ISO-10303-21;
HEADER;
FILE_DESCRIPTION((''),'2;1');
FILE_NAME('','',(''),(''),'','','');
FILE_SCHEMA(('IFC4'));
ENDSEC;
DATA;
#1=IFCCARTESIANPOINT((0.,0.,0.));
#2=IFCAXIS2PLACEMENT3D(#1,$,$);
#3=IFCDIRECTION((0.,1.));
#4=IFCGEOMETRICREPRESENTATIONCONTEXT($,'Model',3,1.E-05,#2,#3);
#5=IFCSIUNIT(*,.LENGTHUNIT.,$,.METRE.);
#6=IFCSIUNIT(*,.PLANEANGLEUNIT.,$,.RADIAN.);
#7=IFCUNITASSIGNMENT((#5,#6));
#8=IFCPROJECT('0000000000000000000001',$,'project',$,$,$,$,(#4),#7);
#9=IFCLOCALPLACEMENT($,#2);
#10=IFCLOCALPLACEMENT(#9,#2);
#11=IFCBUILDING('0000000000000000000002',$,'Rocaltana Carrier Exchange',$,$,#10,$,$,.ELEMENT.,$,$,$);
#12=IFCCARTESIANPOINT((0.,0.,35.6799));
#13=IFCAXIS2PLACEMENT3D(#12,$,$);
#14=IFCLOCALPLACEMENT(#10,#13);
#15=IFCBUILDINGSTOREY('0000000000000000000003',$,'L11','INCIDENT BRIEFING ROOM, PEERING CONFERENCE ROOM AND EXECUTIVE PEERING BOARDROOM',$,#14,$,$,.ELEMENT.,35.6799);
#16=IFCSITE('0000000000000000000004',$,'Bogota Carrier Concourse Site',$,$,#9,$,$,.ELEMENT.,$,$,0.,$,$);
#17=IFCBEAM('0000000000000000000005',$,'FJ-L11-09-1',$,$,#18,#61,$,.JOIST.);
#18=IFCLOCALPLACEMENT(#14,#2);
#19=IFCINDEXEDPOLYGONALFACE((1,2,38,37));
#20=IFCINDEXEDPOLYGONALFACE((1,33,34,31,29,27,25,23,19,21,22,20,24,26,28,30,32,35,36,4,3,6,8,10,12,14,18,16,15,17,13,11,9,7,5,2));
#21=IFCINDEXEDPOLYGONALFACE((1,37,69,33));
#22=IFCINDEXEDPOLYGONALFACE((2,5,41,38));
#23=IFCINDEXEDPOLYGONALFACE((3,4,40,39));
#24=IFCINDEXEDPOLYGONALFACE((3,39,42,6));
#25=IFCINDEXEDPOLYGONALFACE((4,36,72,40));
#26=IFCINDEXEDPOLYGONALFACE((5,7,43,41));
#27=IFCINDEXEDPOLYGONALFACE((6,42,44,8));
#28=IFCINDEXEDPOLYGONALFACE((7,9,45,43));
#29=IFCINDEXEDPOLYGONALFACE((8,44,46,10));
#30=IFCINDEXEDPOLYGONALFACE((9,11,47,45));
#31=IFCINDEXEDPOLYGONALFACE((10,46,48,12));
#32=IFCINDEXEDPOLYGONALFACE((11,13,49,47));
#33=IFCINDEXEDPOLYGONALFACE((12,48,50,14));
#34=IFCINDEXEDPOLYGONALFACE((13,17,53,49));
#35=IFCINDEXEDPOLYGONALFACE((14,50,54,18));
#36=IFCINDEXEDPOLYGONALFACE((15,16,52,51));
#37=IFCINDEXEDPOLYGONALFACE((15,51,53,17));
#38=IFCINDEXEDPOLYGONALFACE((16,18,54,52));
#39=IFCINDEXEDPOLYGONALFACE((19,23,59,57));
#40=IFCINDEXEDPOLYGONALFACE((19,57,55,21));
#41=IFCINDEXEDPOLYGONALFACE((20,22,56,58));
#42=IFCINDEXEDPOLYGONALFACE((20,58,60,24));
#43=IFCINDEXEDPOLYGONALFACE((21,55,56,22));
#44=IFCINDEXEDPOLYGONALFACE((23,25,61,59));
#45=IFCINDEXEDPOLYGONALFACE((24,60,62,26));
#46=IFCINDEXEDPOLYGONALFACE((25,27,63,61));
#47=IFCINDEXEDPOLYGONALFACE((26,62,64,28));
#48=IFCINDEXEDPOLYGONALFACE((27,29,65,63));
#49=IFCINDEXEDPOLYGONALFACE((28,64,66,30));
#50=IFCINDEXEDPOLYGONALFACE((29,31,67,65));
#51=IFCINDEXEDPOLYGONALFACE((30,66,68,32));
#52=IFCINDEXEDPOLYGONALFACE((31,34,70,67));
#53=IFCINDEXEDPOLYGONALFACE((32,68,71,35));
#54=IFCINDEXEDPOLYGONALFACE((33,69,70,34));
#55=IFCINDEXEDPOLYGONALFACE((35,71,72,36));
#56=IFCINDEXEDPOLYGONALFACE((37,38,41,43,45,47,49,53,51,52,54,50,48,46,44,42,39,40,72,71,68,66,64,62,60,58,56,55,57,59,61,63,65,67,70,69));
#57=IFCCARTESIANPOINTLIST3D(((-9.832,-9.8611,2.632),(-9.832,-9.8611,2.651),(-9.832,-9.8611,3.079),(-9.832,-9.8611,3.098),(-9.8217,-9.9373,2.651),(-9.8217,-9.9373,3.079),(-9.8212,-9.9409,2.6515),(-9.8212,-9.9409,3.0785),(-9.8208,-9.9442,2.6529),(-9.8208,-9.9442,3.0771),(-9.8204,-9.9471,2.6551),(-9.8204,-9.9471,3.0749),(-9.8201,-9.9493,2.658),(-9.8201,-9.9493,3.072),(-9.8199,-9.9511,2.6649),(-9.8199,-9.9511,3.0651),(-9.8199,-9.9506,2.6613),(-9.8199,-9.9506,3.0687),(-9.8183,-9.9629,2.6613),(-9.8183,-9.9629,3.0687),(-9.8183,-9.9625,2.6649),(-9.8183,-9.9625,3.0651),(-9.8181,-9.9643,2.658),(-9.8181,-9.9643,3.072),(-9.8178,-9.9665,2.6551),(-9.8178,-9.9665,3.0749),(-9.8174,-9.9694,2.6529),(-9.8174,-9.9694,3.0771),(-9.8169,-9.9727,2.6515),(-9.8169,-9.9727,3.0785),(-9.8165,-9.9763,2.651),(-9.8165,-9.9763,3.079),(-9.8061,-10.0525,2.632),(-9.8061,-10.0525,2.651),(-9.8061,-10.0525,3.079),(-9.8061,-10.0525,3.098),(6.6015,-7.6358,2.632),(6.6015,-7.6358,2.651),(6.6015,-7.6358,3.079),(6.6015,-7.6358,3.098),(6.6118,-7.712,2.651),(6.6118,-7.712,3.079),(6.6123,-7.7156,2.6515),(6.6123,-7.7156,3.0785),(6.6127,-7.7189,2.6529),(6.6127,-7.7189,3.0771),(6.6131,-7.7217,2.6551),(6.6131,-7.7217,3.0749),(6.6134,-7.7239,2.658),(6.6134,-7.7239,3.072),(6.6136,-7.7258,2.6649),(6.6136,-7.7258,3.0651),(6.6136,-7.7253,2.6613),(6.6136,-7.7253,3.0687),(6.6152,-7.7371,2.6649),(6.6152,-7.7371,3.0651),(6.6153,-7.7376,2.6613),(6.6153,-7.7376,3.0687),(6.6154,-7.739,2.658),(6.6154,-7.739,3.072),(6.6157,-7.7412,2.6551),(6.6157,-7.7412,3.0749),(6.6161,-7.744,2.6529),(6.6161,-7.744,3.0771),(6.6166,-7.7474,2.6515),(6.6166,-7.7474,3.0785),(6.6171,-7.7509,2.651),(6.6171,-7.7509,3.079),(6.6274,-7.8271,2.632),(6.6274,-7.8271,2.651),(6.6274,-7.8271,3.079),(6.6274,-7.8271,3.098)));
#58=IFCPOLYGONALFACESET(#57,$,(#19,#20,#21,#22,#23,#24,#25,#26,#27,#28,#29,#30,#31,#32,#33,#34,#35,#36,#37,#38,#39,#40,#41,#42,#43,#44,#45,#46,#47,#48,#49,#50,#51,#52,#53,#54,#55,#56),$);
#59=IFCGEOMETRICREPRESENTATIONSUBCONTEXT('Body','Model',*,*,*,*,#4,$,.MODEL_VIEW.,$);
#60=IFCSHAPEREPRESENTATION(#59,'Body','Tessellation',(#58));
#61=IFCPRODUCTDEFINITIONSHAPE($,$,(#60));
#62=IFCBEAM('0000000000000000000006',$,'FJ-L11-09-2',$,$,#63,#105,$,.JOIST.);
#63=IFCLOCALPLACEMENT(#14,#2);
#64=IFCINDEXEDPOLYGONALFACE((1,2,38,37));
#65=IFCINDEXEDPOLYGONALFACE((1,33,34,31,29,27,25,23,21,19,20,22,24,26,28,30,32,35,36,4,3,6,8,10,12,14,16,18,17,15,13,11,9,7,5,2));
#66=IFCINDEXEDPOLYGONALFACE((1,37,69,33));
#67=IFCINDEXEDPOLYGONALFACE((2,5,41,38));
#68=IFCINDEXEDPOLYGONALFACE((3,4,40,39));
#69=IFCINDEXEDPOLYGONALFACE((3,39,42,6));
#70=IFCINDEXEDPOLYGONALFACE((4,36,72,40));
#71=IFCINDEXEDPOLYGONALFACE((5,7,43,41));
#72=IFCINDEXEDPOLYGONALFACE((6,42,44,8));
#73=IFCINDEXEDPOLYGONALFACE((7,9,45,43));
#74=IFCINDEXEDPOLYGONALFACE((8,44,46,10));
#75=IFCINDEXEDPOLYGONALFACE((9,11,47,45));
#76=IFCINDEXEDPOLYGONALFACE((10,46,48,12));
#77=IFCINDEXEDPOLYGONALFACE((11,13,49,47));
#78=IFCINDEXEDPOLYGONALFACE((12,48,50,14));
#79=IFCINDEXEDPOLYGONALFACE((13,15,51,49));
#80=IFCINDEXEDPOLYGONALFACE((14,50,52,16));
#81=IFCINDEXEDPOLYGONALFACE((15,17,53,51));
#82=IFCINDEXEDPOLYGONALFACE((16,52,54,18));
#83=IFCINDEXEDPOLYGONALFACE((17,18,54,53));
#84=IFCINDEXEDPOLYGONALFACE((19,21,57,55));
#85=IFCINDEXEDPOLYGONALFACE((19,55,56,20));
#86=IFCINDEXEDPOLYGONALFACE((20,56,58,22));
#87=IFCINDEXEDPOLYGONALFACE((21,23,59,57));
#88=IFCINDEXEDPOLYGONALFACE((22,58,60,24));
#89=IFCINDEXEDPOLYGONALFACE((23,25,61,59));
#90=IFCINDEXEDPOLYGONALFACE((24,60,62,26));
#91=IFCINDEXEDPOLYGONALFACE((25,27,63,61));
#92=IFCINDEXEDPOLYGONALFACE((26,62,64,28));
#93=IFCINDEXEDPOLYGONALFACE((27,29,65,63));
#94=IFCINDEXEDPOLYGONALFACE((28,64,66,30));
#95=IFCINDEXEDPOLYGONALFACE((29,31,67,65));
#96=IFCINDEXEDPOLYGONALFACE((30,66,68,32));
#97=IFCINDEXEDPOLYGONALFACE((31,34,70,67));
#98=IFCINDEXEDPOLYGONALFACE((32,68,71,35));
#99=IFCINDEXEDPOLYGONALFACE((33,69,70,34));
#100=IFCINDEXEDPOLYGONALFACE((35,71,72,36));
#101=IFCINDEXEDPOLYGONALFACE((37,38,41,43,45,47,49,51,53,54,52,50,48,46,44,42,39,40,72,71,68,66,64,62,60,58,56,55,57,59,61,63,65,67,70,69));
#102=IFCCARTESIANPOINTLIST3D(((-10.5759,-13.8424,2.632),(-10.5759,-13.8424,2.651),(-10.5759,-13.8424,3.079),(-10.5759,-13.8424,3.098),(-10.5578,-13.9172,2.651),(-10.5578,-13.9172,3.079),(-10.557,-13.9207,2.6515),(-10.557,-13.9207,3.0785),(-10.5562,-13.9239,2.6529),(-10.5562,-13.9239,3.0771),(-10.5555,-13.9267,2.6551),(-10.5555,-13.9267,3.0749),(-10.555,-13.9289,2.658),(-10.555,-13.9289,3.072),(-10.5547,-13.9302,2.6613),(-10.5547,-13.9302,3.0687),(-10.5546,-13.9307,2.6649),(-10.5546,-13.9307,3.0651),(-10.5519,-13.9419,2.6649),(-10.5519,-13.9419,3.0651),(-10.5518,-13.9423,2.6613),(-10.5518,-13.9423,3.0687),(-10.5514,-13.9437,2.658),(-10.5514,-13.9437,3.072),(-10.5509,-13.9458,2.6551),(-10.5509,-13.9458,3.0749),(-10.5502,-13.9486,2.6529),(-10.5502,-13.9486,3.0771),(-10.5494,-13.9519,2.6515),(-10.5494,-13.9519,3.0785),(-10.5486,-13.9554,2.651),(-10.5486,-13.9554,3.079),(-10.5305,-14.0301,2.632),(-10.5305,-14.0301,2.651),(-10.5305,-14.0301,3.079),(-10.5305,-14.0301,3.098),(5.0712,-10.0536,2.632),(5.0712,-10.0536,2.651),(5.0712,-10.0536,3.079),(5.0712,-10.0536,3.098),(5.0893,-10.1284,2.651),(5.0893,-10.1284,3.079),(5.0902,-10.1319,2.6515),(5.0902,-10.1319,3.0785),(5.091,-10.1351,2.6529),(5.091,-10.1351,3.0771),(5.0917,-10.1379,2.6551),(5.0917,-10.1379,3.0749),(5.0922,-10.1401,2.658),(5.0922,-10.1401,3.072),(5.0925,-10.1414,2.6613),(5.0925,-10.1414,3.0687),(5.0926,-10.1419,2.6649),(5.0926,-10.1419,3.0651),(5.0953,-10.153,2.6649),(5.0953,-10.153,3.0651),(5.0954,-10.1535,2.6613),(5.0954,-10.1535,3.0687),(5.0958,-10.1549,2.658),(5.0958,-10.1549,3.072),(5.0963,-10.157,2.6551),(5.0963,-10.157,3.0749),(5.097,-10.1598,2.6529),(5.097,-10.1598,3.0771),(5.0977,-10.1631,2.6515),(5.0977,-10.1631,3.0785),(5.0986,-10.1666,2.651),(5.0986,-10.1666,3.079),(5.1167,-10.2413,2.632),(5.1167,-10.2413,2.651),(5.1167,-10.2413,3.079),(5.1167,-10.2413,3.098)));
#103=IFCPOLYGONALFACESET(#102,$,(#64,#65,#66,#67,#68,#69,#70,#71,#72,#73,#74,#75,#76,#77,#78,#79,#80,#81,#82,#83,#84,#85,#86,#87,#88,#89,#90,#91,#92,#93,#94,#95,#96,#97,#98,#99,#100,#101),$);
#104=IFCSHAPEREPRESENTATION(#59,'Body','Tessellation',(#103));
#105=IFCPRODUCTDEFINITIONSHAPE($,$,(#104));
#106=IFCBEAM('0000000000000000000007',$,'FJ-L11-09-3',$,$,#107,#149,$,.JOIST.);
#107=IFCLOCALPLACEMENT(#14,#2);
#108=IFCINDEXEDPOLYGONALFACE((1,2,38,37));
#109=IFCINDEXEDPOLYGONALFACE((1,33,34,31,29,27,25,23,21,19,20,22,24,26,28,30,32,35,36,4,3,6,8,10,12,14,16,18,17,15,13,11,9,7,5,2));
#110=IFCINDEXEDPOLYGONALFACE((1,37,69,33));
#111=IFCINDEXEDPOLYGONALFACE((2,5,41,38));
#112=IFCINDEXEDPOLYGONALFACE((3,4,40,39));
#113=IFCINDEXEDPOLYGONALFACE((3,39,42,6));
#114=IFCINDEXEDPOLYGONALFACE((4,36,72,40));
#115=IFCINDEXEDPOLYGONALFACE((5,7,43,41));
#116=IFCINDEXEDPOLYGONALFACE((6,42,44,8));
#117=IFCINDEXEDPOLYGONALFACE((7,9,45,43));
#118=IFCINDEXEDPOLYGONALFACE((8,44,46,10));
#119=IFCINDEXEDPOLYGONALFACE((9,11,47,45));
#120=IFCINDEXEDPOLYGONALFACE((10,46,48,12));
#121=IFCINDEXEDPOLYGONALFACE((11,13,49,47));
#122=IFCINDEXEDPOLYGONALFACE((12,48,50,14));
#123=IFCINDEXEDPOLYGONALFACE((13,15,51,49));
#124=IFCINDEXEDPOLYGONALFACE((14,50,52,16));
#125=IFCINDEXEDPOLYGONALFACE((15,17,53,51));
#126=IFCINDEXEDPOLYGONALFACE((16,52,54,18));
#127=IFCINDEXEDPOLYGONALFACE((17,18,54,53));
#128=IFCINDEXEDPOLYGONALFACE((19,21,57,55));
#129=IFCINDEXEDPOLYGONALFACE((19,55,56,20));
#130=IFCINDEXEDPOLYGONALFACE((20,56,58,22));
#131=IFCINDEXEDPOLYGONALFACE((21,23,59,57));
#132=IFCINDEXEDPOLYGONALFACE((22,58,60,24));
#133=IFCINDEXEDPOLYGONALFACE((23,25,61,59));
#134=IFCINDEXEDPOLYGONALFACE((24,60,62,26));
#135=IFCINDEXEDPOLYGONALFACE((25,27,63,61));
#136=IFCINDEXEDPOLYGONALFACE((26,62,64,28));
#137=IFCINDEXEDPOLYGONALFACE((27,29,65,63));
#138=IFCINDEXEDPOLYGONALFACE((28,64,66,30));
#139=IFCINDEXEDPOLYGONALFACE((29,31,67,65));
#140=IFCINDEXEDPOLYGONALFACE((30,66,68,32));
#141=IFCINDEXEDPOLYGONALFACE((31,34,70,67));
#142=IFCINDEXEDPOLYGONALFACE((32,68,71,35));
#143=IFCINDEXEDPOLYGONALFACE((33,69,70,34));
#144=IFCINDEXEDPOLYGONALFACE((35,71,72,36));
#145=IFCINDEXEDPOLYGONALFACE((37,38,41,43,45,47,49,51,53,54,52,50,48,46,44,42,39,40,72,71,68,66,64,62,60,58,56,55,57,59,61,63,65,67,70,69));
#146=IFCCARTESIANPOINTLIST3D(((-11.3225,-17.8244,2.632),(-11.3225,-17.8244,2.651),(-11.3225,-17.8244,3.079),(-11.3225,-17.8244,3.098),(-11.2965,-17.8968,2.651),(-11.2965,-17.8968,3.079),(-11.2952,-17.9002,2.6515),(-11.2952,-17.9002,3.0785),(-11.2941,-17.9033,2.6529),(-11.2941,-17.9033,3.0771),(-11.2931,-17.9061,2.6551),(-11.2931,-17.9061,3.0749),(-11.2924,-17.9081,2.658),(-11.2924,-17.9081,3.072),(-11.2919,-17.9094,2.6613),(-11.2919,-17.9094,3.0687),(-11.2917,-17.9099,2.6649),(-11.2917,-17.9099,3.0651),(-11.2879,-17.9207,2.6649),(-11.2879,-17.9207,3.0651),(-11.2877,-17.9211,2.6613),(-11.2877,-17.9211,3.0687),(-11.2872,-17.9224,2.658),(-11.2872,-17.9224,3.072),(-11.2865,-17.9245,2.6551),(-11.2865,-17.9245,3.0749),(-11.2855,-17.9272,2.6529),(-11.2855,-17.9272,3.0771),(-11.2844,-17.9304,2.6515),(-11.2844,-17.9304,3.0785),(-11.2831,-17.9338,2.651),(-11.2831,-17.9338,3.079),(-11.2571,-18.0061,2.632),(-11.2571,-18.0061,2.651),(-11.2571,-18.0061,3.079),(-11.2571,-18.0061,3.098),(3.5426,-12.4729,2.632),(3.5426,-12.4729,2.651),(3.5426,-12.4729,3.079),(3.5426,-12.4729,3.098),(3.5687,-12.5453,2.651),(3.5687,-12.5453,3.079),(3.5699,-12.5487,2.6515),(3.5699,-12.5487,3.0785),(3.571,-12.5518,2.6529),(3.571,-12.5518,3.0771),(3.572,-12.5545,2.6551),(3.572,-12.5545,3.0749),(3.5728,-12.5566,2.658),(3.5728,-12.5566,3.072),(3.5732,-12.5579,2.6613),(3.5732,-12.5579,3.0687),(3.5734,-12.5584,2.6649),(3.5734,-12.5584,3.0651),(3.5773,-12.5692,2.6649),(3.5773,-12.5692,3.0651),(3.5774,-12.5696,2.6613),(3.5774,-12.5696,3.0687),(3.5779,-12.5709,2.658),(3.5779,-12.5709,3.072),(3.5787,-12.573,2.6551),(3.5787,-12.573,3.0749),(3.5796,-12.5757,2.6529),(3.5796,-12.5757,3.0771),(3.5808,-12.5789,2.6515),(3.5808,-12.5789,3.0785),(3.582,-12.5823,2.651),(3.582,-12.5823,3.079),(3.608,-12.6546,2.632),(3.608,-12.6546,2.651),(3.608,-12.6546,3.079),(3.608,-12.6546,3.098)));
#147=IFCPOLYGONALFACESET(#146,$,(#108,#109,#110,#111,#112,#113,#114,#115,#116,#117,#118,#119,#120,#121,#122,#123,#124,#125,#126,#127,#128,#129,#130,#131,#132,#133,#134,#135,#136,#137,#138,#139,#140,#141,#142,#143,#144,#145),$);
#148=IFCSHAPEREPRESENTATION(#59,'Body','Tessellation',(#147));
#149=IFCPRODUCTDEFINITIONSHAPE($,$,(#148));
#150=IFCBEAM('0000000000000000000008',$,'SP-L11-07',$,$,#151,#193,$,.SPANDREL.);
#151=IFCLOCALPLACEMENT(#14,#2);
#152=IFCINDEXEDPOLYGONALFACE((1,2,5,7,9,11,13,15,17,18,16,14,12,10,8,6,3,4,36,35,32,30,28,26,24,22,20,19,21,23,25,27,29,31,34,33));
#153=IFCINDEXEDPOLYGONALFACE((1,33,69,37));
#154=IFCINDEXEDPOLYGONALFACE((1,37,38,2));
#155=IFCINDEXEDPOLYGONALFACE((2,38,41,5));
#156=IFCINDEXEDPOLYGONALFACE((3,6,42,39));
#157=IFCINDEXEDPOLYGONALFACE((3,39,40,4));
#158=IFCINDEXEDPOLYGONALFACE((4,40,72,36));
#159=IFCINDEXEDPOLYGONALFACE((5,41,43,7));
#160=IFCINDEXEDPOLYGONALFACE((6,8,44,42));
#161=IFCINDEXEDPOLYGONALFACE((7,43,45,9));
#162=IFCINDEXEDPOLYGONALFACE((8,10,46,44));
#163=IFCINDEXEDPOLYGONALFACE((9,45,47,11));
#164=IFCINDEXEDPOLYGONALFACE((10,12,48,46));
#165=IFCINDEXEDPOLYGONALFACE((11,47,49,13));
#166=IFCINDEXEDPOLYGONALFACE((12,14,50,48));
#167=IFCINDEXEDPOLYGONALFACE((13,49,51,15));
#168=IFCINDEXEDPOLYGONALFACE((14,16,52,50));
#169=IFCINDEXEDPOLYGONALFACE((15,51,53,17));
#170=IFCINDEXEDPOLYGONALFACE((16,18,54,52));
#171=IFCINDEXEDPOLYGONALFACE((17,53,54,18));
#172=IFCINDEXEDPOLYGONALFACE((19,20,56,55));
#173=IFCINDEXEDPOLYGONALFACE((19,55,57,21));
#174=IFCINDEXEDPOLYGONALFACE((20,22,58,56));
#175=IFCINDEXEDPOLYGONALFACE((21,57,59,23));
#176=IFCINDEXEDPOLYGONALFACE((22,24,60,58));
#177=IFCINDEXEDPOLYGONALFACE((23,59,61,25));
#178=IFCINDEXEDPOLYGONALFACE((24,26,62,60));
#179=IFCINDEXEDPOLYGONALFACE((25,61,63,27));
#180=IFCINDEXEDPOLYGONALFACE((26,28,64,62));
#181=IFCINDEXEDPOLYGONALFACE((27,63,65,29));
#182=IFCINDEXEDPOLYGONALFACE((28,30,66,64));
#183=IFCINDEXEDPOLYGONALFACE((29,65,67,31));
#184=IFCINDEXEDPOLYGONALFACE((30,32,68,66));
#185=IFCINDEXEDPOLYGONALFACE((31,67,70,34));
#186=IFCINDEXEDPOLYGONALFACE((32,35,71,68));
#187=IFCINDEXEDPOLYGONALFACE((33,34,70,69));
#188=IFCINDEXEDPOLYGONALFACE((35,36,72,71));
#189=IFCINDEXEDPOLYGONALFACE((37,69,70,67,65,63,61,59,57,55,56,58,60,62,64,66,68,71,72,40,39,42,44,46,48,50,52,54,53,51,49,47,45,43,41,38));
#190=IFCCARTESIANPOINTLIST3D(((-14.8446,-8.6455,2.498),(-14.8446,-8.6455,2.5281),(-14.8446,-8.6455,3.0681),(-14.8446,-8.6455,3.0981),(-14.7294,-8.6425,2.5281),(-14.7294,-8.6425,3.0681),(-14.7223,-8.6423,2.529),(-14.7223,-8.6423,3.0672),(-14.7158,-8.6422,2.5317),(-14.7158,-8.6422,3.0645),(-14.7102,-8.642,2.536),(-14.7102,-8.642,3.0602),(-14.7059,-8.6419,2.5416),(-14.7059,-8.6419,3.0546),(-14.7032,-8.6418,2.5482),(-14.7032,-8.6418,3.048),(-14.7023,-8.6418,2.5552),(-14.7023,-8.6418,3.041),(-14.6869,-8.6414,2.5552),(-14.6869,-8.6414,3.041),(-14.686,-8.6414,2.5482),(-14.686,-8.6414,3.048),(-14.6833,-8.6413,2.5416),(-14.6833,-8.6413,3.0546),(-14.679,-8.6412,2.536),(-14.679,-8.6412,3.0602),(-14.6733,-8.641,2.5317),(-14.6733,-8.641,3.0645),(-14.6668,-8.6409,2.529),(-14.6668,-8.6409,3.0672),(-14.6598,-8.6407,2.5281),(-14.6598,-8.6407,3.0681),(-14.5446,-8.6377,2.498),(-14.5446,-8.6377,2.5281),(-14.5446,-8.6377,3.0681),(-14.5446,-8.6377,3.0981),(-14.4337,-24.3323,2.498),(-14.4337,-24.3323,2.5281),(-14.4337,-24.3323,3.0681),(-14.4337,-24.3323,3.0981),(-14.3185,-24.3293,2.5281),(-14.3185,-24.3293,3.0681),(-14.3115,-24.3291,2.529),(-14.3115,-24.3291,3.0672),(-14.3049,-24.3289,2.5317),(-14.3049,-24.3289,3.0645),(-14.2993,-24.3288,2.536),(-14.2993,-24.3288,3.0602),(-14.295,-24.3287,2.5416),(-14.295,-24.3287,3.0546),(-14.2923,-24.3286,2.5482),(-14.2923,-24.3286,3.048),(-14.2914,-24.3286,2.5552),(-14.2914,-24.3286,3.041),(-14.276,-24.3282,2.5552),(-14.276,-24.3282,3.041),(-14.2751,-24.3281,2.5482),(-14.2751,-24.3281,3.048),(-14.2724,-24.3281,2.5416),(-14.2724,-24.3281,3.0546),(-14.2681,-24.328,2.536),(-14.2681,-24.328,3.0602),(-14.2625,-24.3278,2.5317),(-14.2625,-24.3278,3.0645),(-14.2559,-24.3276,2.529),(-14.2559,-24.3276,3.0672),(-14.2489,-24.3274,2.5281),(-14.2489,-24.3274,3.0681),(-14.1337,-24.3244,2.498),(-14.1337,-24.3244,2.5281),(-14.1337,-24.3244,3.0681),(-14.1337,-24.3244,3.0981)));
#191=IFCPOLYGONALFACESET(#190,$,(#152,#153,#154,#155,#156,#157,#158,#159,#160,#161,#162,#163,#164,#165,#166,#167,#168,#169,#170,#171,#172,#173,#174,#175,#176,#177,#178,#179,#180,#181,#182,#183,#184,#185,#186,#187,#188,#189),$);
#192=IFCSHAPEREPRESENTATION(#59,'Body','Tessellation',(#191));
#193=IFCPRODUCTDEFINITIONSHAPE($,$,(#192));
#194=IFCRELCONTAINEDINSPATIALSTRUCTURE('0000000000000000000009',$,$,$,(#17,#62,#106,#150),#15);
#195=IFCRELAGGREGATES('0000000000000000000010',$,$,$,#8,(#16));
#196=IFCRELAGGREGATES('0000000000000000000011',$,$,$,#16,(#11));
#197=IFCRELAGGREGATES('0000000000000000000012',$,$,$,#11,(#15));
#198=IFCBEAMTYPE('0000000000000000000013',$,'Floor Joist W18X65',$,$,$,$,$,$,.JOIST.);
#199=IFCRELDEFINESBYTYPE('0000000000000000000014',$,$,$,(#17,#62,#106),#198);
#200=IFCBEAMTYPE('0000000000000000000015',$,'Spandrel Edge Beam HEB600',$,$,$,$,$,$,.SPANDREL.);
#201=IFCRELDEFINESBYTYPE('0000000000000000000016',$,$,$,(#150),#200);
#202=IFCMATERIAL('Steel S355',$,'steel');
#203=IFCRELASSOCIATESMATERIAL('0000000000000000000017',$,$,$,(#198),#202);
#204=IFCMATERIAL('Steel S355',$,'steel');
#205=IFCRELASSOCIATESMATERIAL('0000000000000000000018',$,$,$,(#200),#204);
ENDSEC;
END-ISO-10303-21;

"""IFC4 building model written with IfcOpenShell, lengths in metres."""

from ifc_helpers import new_model, si_unit, direction, frame, origin, origin_2d, place, context, subcontext, project, spatial, i_section, extrude, material, material_profile, profile_set, type_object, element, save


model = new_model("IFC4")

# Units and contexts
model_context = context("Model", 3, precision=1e-05, world=origin(), true_north=direction((0.0, 1.0)))
body_context = subcontext(model_context, "Body", "Model", "MODEL_VIEW")
ifc_project = project(units=[si_unit("LENGTHUNIT", "METRE"), si_unit("PLANEANGLEUNIT", "RADIAN")], contexts=[model_context])

# Site, building, storey
site_placement = place(None, origin())
site = spatial("IfcSite", under=ifc_project, at=site_placement, Name="Bogota Carrier Concourse Site", CompositionType="ELEMENT", RefElevation=0.0)
building_placement = place(site_placement, origin())
building = spatial("IfcBuilding", under=site, at=building_placement, Name="Rocaltana Carrier Exchange", CompositionType="ELEMENT")
storey_placement = place(building_placement, frame((0.0, 0.0, 35.6799)))
storey = spatial("IfcBuildingStorey", under=building, at=storey_placement, Name="L11", Description="INCIDENT BRIEFING ROOM, PEERING CONFERENCE ROOM AND EXECUTIVE PEERING BOARDROOM", CompositionType="ELEMENT", Elevation=35.6799)

# Beams
ifc_material_1 = material(Name="Steel S355", Category="steel")
ifc_material_profile_1 = material_profile(ifc_material_1, i_section(OverallWidth=0.1931, OverallDepth=0.4661, WebThickness=0.0115, FlangeThickness=0.019, FilletRadius=0.0139, at=origin_2d()), Name="W18X65")
ifc_profile_set_1 = profile_set([ifc_material_profile_1], Name="Steel S355")
beam_type_1 = type_object("IfcBeamType", Name="Floor Joist W18X65", PredefinedType="JOIST", material=ifc_profile_set_1)
beam_1_placement = place(storey_placement, frame((-9.8191, -9.9568, 2.865), z_axis=(0.990956, 0.134189, 0.0), x_axis=(-0.134189, 0.990956, 0.0)))
element("IfcBeam", 1, at=beam_1_placement, inside=storey, type_object=beam_type_1, Name="FJ-L11-09-1", PredefinedType="JOIST", context=body_context, shape_type="SweptSolid", body=[
    extrude(i_section(OverallWidth=0.1931, OverallDepth=0.4661, WebThickness=0.0115, FlangeThickness=0.019, FilletRadius=0.0139, at=origin_2d()), origin(), (0.0, 0.0, 1.0), 16.5835),
])
beam_2_placement = place(storey_placement, frame((-10.5532, -13.9363, 2.865), z_axis=(0.971913, 0.235339, 0.0), x_axis=(-0.235339, 0.971913, 0.0)))
element("IfcBeam", 2, at=beam_2_placement, inside=storey, type_object=beam_type_1, Name="FJ-L11-09-2", PredefinedType="JOIST", context=body_context, shape_type="SweptSolid", body=[
    extrude(i_section(OverallWidth=0.1931, OverallDepth=0.4661, WebThickness=0.0115, FlangeThickness=0.019, FilletRadius=0.0139, at=origin_2d()), origin(), (0.0, 0.0, 1.0), 16.0994),
])
beam_3_placement = place(storey_placement, frame((-11.2898, -17.9153, 2.865), z_axis=(0.940886, 0.338724, 0.0), x_axis=(-0.338724, 0.940886, 0.0)))
element("IfcBeam", 3, at=beam_3_placement, inside=storey, type_object=beam_type_1, Name="FJ-L11-09-3", PredefinedType="JOIST", context=body_context, shape_type="SweptSolid", body=[
    extrude(i_section(OverallWidth=0.1931, OverallDepth=0.4661, WebThickness=0.0115, FlangeThickness=0.019, FilletRadius=0.0139, at=origin_2d()), origin(), (0.0, 0.0, 1.0), 15.7991),
])
ifc_material_2 = material(Name="Steel S355", Category="steel")
ifc_material_profile_2 = material_profile(ifc_material_2, i_section(OverallWidth=0.3, OverallDepth=0.6001, WebThickness=0.0154, FlangeThickness=0.03, FilletRadius=0.0271, at=origin_2d()), Name="HEB600")
ifc_profile_set_2 = profile_set([ifc_material_profile_2], Name="Steel S355")
beam_type_2 = type_object("IfcBeamType", Name="Spandrel Edge Beam HEB600", PredefinedType="SPANDREL", material=ifc_profile_set_2)
beam_4_placement = place(storey_placement, frame((-14.6946, -8.6416, 2.7981), z_axis=(0.026184, -0.999657, 0.0), x_axis=(0.999657, 0.026184, 0.0)))
element("IfcBeam", 4, at=beam_4_placement, inside=storey, type_object=beam_type_2, Name="SP-L11-07", PredefinedType="SPANDREL", context=body_context, shape_type="SweptSolid", body=[
    extrude(i_section(OverallWidth=0.3, OverallDepth=0.6001, WebThickness=0.0154, FlangeThickness=0.03, FilletRadius=0.0271, at=origin_2d()), origin(), (0.0, 0.0, 1.0), 15.6921),
])

save(model, "model.ifc")
